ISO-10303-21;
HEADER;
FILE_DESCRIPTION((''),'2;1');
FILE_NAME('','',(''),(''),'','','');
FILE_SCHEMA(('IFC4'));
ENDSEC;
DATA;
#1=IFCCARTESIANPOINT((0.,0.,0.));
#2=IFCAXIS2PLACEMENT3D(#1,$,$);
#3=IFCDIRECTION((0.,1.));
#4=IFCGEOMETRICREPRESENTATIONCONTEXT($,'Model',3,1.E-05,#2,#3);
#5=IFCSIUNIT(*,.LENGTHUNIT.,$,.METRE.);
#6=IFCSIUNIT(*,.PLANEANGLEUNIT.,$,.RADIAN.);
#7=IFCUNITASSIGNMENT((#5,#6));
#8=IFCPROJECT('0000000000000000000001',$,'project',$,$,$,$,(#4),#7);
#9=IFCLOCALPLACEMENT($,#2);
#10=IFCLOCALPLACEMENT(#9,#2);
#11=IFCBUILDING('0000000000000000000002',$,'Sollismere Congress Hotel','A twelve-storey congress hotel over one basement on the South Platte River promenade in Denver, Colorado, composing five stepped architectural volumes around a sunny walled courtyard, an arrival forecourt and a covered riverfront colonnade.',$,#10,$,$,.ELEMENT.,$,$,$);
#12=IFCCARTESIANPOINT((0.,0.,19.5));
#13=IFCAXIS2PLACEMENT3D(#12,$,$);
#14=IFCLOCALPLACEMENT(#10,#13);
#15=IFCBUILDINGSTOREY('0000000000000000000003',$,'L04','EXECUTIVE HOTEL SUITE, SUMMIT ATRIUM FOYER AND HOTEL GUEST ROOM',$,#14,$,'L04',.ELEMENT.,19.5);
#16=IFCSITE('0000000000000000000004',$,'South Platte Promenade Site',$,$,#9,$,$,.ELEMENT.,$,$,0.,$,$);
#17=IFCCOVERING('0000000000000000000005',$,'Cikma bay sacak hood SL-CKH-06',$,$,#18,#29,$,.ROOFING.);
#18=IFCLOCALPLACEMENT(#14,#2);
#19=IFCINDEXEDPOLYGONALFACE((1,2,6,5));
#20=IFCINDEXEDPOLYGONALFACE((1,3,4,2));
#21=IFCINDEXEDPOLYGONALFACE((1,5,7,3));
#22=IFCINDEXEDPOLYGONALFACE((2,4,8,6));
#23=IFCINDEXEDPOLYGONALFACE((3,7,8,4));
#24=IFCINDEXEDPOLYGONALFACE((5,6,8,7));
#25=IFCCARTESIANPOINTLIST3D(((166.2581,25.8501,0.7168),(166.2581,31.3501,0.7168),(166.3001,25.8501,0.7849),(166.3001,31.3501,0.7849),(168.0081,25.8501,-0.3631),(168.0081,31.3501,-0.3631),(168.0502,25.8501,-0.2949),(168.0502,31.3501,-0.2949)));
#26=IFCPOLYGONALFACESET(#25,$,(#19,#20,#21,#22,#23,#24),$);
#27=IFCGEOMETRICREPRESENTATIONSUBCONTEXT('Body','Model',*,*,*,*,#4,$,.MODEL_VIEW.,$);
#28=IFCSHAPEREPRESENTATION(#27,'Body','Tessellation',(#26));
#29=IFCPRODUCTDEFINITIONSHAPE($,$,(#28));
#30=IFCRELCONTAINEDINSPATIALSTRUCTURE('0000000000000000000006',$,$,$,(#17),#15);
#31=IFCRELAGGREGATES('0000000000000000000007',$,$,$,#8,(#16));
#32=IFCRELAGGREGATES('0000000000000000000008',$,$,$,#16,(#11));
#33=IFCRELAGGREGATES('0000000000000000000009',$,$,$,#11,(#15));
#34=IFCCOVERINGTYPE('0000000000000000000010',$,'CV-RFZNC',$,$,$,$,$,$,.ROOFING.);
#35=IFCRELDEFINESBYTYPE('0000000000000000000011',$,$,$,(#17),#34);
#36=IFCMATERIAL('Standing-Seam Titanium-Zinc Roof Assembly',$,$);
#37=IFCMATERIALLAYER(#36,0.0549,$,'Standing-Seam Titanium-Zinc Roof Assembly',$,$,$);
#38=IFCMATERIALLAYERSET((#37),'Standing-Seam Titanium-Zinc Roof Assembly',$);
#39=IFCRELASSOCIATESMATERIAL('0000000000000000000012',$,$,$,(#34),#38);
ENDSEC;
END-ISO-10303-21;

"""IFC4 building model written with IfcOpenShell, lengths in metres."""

from ifc_helpers import new_model, si_unit, direction, frame, origin, place, context, subcontext, project, spatial, polyline, outline, extrude, material, layer, layer_set, type_object, element, save


model = new_model("IFC4")

# Units and contexts
model_context = context("Model", 3, precision=1e-05, world=origin(), true_north=direction((0.0, 1.0)))
body_context = subcontext(model_context, "Body", "Model", "MODEL_VIEW")
ifc_project = project(units=[si_unit("LENGTHUNIT", "METRE"), si_unit("PLANEANGLEUNIT", "RADIAN")], contexts=[model_context])

# Site, building, storey
site_placement = place(None, origin())
site = spatial("IfcSite", under=ifc_project, at=site_placement, Name="South Platte Promenade Site", CompositionType="ELEMENT", RefElevation=0.0)
building_placement = place(site_placement, origin())
building = spatial("IfcBuilding", under=site, at=building_placement, Name="Sollismere Congress Hotel", Description="A twelve-storey congress hotel over one basement on the South Platte River promenade in Denver, Colorado, composing five stepped architectural volumes around a sunny walled courtyard, an arrival forecourt and a covered riverfront colonnade.", CompositionType="ELEMENT")
storey_placement = place(building_placement, frame((0.0, 0.0, 19.5)))
storey = spatial("IfcBuildingStorey", under=building, at=storey_placement, Name="L04", Description="EXECUTIVE HOTEL SUITE, SUMMIT ATRIUM FOYER AND HOTEL GUEST ROOM", LongName="L04", CompositionType="ELEMENT", Elevation=19.5)

# Covering
ifc_material_1 = material(Name="Standing-Seam Titanium-Zinc Roof Assembly")
ifc_layer_1 = layer(ifc_material_1, 0.0549, Name="Standing-Seam Titanium-Zinc Roof Assembly")
ifc_layer_set_1 = layer_set([ifc_layer_1], Name="Standing-Seam Titanium-Zinc Roof Assembly")
covering_type = type_object("IfcCoveringType", Name="CV-RFZNC", PredefinedType="ROOFING", material=ifc_layer_set_1)
covering_placement = place(storey_placement, frame((166.2581, 25.8501, 0.7168), z_axis=(0.525124, 0.0, 0.851026), x_axis=(0.851026, 0.0, -0.525124)))
element("IfcCovering", 1, at=covering_placement, inside=storey, type_object=covering_type, Name="Cikma bay sacak hood SL-CKH-06", PredefinedType="ROOFING", context=body_context, shape_type="SweptSolid", body=[
    extrude(outline(polyline([(0.0, 0.0), (2.0564, 0.0), (2.0564, 5.5), (0.0, 5.5), (0.0, 0.0)])), origin(), (0.0, 0.0, 1.0), 0.0801),
])

save(model, "model.ifc")
